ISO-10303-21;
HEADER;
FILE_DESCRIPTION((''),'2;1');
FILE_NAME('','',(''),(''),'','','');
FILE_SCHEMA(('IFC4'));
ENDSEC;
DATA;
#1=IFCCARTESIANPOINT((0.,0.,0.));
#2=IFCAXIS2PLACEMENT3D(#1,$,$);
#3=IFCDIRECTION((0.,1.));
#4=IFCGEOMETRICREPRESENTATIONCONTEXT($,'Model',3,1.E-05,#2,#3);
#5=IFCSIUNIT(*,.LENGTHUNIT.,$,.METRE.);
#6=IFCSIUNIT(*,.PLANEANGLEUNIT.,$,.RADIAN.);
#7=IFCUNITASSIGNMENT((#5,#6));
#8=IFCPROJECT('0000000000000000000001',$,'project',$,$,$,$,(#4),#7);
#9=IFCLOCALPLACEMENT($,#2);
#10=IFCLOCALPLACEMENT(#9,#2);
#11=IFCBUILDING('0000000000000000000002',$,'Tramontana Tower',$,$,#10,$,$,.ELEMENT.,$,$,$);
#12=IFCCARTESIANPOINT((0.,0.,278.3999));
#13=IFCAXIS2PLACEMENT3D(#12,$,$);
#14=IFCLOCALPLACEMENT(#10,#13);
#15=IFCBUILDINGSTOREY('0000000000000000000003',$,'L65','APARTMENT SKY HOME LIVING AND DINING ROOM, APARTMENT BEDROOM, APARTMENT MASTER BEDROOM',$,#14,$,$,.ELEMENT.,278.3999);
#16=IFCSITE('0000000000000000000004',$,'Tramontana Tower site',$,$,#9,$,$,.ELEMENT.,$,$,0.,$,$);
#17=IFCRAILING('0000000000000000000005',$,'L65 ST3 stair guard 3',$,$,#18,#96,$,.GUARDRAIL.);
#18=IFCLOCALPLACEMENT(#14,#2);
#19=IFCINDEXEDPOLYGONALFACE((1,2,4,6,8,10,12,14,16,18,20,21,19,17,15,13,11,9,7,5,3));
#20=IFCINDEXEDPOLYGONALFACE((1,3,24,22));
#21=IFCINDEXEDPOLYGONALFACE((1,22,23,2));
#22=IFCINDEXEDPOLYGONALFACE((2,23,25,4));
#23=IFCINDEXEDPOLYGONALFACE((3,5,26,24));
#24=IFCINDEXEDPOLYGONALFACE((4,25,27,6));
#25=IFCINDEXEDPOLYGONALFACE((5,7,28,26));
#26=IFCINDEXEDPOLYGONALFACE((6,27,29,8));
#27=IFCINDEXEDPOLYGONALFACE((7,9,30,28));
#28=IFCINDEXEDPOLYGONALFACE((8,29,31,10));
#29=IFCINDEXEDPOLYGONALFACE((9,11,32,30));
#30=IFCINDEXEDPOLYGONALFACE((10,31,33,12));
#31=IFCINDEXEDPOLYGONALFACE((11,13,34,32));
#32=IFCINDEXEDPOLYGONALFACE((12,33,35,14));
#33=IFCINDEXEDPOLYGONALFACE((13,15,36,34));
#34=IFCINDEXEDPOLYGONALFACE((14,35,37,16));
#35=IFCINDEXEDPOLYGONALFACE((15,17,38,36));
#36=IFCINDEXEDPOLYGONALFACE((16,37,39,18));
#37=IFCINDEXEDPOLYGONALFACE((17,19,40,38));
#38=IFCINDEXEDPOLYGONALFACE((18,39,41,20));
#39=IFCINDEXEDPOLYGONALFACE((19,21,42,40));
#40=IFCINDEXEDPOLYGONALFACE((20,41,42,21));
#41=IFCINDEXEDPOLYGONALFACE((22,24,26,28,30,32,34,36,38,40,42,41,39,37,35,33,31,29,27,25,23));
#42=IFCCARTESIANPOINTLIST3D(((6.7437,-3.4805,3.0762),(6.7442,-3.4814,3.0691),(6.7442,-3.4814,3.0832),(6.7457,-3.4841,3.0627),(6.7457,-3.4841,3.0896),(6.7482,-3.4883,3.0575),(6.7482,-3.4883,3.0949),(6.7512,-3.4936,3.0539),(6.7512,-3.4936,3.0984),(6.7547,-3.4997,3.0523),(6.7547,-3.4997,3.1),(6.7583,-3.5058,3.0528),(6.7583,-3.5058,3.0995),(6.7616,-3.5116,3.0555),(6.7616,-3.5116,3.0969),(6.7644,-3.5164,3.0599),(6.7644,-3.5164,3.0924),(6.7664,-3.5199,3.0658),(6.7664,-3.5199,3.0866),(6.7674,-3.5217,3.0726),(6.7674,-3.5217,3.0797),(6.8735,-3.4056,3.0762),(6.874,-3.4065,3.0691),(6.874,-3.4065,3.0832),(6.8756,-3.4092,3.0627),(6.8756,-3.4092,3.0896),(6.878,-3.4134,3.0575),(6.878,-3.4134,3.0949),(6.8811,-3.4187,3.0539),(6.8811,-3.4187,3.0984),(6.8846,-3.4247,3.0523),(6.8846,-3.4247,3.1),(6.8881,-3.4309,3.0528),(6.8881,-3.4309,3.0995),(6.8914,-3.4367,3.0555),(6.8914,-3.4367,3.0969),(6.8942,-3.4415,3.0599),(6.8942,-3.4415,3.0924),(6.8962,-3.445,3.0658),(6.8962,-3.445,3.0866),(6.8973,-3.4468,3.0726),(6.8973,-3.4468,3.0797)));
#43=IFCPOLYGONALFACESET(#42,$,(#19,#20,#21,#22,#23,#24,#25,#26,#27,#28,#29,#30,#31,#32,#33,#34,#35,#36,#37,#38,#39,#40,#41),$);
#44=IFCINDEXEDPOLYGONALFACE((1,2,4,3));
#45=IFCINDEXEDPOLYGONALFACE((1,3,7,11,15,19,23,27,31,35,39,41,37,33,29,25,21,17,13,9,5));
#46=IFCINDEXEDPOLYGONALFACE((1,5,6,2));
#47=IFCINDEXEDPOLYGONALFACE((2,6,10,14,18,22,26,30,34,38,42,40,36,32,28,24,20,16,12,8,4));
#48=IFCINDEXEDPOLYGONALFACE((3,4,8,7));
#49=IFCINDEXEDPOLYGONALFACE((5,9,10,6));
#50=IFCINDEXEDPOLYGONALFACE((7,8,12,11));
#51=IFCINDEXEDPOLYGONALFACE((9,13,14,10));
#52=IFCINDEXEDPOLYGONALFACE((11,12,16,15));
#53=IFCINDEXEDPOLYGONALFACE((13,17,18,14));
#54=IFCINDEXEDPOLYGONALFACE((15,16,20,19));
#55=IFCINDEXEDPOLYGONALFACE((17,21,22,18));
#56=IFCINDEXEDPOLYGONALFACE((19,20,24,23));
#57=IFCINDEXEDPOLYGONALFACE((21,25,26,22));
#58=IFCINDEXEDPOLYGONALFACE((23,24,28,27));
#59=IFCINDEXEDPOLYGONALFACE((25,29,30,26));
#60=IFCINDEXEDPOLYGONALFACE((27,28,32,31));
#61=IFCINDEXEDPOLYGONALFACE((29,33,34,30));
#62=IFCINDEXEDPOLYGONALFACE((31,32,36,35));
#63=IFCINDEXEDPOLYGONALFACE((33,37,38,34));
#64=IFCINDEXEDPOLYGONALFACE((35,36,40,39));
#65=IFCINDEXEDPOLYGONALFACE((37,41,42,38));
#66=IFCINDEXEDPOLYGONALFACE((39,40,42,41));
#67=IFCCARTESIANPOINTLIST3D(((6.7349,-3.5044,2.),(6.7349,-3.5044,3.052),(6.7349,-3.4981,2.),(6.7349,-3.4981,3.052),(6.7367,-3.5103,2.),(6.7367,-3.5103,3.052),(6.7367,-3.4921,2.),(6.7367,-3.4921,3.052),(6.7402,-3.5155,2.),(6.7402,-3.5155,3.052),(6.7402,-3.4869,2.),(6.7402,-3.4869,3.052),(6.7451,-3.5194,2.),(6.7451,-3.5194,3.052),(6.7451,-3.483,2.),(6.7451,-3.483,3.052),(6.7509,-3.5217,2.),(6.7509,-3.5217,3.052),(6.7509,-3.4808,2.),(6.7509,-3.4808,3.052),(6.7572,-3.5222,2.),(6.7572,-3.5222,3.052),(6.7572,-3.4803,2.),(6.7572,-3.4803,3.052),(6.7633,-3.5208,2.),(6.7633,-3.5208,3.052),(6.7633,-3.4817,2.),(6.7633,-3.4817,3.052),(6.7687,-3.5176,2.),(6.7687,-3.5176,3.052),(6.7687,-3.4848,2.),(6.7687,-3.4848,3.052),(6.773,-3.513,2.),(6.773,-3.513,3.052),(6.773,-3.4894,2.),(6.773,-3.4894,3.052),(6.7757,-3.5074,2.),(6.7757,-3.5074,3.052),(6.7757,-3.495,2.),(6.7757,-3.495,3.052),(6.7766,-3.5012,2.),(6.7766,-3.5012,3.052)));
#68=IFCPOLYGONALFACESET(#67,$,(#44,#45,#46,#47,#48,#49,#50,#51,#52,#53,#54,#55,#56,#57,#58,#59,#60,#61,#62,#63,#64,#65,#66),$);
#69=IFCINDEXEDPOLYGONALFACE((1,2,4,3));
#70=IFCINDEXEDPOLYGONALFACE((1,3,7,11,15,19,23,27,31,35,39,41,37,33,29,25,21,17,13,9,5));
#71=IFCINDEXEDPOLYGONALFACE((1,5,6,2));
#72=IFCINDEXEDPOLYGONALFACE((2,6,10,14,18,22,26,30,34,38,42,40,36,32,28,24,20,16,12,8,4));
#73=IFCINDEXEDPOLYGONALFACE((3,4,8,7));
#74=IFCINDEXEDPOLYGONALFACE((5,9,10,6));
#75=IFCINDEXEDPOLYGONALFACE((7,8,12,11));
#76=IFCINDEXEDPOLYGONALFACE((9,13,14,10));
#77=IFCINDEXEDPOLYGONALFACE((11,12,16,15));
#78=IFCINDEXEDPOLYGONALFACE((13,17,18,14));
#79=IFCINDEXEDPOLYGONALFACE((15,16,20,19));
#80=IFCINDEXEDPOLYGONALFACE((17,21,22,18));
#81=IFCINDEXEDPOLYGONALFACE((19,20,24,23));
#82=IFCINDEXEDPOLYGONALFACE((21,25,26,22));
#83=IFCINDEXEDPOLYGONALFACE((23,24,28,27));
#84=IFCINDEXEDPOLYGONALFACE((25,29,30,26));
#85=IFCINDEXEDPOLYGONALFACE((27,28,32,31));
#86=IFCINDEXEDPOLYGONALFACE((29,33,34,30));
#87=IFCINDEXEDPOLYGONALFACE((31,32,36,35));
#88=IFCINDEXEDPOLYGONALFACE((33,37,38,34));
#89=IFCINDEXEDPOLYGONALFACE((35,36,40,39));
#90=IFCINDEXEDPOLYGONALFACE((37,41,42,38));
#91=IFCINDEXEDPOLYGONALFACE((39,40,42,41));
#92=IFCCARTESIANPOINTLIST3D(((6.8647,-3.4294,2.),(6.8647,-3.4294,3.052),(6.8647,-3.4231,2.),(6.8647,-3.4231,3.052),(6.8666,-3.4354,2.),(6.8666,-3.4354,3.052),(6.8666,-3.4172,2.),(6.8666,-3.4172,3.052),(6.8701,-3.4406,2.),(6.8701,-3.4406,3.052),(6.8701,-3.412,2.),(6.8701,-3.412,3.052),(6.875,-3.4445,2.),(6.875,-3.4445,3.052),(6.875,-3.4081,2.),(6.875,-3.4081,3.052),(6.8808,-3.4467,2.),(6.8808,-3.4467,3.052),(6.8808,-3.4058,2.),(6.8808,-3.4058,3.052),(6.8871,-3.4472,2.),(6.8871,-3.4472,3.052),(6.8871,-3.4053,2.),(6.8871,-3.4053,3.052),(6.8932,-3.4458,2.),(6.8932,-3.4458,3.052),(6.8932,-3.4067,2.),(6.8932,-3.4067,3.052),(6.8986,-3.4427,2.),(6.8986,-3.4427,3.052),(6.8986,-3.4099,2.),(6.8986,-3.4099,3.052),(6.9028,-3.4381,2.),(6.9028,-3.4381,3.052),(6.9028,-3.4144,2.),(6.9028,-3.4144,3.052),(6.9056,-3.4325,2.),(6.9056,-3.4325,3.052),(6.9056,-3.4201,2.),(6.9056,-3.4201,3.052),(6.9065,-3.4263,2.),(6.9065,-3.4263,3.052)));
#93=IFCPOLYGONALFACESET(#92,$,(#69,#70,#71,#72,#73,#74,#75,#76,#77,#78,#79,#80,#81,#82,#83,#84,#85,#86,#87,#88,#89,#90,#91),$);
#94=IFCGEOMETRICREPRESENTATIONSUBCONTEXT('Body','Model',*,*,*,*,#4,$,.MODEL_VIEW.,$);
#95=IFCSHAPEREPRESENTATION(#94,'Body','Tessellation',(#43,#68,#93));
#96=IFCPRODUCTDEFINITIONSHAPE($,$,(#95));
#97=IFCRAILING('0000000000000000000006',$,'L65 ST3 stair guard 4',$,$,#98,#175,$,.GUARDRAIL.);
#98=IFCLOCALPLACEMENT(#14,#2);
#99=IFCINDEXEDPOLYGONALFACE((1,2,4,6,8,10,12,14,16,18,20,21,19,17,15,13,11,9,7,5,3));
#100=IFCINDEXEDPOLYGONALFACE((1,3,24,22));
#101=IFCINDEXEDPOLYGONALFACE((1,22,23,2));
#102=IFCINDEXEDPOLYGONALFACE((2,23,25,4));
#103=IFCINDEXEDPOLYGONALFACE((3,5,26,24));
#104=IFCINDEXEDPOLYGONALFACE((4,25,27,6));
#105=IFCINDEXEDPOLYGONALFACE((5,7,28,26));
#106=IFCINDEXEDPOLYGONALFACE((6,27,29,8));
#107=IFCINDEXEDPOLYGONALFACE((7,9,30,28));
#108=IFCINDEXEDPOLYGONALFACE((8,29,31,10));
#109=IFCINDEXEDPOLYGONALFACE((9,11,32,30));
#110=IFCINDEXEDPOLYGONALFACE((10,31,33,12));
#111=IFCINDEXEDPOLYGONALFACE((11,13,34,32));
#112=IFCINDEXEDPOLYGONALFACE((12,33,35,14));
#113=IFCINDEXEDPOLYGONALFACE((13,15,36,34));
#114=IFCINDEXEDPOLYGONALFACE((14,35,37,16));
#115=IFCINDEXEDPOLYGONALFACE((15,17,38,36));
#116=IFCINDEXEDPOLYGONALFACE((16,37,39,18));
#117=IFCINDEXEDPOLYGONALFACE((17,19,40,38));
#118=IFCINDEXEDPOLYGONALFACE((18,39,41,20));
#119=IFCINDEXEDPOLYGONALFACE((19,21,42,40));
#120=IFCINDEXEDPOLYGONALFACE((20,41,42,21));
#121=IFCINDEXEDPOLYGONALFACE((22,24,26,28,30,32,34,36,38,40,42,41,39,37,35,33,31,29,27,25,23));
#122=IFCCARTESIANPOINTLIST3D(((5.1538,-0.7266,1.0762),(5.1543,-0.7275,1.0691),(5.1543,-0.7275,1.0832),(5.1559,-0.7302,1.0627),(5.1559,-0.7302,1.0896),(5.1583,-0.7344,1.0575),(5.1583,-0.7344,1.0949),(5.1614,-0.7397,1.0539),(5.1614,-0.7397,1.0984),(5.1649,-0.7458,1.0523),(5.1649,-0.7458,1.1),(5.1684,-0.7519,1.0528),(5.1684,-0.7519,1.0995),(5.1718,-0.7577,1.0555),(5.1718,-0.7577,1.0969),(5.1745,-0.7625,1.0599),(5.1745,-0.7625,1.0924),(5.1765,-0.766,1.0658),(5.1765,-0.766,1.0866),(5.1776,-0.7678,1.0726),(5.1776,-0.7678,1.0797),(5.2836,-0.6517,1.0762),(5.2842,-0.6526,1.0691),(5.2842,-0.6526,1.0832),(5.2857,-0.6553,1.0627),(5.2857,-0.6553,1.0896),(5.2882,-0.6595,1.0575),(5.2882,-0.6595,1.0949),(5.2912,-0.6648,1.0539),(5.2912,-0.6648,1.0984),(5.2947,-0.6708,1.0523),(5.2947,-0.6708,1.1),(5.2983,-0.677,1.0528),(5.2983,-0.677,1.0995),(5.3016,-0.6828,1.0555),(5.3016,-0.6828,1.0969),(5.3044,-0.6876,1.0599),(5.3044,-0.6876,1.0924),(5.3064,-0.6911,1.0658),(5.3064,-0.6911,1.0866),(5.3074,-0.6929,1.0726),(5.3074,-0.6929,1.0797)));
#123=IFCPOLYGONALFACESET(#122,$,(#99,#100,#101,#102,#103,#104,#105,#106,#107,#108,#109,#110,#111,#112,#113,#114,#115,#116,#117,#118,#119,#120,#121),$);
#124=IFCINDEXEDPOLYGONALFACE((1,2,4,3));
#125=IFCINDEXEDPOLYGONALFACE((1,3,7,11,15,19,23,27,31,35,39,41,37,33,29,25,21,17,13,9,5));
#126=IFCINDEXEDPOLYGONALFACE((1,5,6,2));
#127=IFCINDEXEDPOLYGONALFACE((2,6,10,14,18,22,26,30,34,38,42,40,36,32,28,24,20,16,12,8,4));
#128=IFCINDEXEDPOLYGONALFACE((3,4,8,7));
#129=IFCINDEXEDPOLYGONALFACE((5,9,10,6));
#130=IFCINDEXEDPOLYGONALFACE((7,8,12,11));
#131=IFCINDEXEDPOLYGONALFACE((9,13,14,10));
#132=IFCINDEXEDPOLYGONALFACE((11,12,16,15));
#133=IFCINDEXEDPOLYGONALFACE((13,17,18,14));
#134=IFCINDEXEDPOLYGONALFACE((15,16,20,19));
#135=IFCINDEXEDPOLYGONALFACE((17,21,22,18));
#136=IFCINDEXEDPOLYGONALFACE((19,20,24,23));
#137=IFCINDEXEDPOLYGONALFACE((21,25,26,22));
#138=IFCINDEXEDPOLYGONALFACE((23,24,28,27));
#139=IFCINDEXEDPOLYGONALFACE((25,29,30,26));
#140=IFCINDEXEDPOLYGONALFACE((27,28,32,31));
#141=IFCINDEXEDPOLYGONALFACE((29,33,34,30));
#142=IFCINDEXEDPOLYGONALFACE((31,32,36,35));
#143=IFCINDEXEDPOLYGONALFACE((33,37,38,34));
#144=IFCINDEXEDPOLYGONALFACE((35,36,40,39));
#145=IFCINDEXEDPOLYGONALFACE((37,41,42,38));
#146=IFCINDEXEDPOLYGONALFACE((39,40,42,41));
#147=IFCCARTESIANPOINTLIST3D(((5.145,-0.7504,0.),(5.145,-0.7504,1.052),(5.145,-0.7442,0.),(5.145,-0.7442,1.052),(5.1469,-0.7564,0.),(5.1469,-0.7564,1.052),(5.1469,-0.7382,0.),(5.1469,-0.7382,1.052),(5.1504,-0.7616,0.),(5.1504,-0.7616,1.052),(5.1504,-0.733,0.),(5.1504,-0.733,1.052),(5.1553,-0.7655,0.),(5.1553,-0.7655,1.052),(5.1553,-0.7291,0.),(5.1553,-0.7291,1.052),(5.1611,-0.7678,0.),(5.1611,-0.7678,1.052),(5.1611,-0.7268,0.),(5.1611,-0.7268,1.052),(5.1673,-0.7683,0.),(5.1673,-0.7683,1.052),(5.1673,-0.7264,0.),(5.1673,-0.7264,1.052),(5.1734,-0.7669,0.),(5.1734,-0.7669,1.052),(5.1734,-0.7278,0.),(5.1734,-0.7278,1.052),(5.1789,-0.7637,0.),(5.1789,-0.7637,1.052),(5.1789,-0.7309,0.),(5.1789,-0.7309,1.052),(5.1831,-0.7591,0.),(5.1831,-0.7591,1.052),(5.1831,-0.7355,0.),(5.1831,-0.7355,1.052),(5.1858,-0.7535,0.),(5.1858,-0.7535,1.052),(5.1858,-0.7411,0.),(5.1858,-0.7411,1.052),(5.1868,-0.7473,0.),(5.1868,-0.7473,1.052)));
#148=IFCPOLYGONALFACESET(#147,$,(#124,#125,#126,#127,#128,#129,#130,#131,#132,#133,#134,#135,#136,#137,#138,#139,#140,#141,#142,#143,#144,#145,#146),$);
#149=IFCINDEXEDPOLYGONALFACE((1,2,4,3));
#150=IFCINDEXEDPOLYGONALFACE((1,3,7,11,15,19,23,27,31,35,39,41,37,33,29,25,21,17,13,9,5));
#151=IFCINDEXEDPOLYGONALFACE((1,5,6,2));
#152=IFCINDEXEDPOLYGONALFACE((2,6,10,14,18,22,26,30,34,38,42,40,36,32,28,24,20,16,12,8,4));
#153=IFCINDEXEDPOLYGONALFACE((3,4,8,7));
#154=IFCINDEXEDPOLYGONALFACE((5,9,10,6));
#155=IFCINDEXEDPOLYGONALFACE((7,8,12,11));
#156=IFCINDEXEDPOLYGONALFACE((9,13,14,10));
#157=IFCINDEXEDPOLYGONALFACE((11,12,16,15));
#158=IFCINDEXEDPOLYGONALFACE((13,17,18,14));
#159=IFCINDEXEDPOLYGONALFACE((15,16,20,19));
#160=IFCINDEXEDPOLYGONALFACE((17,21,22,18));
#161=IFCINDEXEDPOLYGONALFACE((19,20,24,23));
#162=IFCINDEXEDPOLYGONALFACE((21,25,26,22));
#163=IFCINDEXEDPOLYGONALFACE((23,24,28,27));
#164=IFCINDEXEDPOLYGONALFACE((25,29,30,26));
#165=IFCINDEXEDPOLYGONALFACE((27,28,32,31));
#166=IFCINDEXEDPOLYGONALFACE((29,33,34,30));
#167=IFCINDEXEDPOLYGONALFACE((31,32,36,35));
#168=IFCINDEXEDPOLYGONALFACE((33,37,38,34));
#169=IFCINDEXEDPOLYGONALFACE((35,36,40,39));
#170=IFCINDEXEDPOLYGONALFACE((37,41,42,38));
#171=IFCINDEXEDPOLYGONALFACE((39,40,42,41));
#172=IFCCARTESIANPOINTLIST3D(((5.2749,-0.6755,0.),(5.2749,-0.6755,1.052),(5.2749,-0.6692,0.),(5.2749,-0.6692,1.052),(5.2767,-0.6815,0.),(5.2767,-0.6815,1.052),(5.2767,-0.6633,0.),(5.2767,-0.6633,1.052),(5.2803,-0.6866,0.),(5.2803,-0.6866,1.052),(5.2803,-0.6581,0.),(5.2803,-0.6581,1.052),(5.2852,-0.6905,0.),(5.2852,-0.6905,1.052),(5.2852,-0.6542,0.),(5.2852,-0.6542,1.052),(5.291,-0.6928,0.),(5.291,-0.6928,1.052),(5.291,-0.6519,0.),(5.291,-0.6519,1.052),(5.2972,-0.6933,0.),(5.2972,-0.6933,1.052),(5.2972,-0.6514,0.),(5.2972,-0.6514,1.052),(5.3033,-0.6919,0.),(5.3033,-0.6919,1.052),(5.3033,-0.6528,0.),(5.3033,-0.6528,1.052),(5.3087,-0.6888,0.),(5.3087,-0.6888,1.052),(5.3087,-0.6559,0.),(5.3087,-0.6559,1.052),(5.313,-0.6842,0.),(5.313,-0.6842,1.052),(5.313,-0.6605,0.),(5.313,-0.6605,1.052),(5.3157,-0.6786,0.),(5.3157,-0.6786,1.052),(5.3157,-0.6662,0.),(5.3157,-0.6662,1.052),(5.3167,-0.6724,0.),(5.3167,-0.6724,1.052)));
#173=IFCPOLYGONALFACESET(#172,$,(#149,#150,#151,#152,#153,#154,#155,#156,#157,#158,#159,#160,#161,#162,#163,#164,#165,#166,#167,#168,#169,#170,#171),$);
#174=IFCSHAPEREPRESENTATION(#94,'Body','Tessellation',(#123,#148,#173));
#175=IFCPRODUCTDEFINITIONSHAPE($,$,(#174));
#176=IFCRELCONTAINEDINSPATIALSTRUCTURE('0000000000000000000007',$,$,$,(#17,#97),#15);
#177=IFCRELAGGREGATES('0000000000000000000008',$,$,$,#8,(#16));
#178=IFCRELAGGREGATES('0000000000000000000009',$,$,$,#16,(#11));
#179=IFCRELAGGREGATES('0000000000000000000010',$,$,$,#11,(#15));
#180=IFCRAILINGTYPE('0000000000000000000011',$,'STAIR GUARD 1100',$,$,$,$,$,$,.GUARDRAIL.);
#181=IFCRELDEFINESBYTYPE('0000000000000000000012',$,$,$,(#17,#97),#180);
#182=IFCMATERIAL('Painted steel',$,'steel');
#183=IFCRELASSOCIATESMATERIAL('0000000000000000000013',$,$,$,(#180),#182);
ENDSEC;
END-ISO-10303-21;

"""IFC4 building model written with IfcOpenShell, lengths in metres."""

from ifc_helpers import new_model, si_unit, direction, frame, origin, origin_2d, place, context, subcontext, project, spatial, circle, extrude, material, type_object, element, save


model = new_model("IFC4")

# Units and contexts
model_context = context("Model", 3, precision=1e-05, world=origin(), true_north=direction((0.0, 1.0)))
body_context = subcontext(model_context, "Body", "Model", "MODEL_VIEW")
ifc_project = project(units=[si_unit("LENGTHUNIT", "METRE"), si_unit("PLANEANGLEUNIT", "RADIAN")], contexts=[model_context])

# Site, building, storey
site_placement = place(None, origin())
site = spatial("IfcSite", under=ifc_project, at=site_placement, Name="Tramontana Tower site", CompositionType="ELEMENT", RefElevation=0.0)
building_placement = place(site_placement, origin())
building = spatial("IfcBuilding", under=site, at=building_placement, Name="Tramontana Tower", CompositionType="ELEMENT")
storey_placement = place(building_placement, frame((0.0, 0.0, 278.3999)))
storey = spatial("IfcBuildingStorey", under=building, at=storey_placement, Name="L65", Description="APARTMENT SKY HOME LIVING AND DINING ROOM, APARTMENT BEDROOM, APARTMENT MASTER BEDROOM", CompositionType="ELEMENT", Elevation=278.3999)

# Railings
ifc_material_1 = material(Name="Painted steel", Category="steel")
railing_type_1 = type_object("IfcRailingType", Name="STAIR GUARD 1100", PredefinedType="GUARDRAIL", material=ifc_material_1)
for number, where, name in (
    (1, (6.7556, -3.5012, 2.0), "L65 ST3 stair guard 3"),
    (2, (5.1658, -0.7473, 0.0), "L65 ST3 stair guard 4"),
):
    element("IfcRailing", number, at=place(storey_placement, frame(where)), inside=storey, type_object=railing_type_1, Name=name, PredefinedType="GUARDRAIL", context=body_context, shape_type="SweptSolid", body=[
        extrude(circle(Radius=0.0239, at=origin_2d()), frame((0.0, 0.0, 1.0762), z_axis=(0.866131, 0.499816, 0.0), x_axis=(-0.499816, 0.866131, 0.0)), (0.0, 0.0, 1.0), 0.1499),
        extrude(circle(Radius=0.021, at=origin_2d()), origin(), (0.0, 0.0, 1.0), 1.052),
        extrude(circle(Radius=0.021, at=origin_2d()), frame((0.1299, 0.075, 0.0)), (0.0, 0.0, 1.0), 1.052),
    ])

save(model, "model.ifc")
